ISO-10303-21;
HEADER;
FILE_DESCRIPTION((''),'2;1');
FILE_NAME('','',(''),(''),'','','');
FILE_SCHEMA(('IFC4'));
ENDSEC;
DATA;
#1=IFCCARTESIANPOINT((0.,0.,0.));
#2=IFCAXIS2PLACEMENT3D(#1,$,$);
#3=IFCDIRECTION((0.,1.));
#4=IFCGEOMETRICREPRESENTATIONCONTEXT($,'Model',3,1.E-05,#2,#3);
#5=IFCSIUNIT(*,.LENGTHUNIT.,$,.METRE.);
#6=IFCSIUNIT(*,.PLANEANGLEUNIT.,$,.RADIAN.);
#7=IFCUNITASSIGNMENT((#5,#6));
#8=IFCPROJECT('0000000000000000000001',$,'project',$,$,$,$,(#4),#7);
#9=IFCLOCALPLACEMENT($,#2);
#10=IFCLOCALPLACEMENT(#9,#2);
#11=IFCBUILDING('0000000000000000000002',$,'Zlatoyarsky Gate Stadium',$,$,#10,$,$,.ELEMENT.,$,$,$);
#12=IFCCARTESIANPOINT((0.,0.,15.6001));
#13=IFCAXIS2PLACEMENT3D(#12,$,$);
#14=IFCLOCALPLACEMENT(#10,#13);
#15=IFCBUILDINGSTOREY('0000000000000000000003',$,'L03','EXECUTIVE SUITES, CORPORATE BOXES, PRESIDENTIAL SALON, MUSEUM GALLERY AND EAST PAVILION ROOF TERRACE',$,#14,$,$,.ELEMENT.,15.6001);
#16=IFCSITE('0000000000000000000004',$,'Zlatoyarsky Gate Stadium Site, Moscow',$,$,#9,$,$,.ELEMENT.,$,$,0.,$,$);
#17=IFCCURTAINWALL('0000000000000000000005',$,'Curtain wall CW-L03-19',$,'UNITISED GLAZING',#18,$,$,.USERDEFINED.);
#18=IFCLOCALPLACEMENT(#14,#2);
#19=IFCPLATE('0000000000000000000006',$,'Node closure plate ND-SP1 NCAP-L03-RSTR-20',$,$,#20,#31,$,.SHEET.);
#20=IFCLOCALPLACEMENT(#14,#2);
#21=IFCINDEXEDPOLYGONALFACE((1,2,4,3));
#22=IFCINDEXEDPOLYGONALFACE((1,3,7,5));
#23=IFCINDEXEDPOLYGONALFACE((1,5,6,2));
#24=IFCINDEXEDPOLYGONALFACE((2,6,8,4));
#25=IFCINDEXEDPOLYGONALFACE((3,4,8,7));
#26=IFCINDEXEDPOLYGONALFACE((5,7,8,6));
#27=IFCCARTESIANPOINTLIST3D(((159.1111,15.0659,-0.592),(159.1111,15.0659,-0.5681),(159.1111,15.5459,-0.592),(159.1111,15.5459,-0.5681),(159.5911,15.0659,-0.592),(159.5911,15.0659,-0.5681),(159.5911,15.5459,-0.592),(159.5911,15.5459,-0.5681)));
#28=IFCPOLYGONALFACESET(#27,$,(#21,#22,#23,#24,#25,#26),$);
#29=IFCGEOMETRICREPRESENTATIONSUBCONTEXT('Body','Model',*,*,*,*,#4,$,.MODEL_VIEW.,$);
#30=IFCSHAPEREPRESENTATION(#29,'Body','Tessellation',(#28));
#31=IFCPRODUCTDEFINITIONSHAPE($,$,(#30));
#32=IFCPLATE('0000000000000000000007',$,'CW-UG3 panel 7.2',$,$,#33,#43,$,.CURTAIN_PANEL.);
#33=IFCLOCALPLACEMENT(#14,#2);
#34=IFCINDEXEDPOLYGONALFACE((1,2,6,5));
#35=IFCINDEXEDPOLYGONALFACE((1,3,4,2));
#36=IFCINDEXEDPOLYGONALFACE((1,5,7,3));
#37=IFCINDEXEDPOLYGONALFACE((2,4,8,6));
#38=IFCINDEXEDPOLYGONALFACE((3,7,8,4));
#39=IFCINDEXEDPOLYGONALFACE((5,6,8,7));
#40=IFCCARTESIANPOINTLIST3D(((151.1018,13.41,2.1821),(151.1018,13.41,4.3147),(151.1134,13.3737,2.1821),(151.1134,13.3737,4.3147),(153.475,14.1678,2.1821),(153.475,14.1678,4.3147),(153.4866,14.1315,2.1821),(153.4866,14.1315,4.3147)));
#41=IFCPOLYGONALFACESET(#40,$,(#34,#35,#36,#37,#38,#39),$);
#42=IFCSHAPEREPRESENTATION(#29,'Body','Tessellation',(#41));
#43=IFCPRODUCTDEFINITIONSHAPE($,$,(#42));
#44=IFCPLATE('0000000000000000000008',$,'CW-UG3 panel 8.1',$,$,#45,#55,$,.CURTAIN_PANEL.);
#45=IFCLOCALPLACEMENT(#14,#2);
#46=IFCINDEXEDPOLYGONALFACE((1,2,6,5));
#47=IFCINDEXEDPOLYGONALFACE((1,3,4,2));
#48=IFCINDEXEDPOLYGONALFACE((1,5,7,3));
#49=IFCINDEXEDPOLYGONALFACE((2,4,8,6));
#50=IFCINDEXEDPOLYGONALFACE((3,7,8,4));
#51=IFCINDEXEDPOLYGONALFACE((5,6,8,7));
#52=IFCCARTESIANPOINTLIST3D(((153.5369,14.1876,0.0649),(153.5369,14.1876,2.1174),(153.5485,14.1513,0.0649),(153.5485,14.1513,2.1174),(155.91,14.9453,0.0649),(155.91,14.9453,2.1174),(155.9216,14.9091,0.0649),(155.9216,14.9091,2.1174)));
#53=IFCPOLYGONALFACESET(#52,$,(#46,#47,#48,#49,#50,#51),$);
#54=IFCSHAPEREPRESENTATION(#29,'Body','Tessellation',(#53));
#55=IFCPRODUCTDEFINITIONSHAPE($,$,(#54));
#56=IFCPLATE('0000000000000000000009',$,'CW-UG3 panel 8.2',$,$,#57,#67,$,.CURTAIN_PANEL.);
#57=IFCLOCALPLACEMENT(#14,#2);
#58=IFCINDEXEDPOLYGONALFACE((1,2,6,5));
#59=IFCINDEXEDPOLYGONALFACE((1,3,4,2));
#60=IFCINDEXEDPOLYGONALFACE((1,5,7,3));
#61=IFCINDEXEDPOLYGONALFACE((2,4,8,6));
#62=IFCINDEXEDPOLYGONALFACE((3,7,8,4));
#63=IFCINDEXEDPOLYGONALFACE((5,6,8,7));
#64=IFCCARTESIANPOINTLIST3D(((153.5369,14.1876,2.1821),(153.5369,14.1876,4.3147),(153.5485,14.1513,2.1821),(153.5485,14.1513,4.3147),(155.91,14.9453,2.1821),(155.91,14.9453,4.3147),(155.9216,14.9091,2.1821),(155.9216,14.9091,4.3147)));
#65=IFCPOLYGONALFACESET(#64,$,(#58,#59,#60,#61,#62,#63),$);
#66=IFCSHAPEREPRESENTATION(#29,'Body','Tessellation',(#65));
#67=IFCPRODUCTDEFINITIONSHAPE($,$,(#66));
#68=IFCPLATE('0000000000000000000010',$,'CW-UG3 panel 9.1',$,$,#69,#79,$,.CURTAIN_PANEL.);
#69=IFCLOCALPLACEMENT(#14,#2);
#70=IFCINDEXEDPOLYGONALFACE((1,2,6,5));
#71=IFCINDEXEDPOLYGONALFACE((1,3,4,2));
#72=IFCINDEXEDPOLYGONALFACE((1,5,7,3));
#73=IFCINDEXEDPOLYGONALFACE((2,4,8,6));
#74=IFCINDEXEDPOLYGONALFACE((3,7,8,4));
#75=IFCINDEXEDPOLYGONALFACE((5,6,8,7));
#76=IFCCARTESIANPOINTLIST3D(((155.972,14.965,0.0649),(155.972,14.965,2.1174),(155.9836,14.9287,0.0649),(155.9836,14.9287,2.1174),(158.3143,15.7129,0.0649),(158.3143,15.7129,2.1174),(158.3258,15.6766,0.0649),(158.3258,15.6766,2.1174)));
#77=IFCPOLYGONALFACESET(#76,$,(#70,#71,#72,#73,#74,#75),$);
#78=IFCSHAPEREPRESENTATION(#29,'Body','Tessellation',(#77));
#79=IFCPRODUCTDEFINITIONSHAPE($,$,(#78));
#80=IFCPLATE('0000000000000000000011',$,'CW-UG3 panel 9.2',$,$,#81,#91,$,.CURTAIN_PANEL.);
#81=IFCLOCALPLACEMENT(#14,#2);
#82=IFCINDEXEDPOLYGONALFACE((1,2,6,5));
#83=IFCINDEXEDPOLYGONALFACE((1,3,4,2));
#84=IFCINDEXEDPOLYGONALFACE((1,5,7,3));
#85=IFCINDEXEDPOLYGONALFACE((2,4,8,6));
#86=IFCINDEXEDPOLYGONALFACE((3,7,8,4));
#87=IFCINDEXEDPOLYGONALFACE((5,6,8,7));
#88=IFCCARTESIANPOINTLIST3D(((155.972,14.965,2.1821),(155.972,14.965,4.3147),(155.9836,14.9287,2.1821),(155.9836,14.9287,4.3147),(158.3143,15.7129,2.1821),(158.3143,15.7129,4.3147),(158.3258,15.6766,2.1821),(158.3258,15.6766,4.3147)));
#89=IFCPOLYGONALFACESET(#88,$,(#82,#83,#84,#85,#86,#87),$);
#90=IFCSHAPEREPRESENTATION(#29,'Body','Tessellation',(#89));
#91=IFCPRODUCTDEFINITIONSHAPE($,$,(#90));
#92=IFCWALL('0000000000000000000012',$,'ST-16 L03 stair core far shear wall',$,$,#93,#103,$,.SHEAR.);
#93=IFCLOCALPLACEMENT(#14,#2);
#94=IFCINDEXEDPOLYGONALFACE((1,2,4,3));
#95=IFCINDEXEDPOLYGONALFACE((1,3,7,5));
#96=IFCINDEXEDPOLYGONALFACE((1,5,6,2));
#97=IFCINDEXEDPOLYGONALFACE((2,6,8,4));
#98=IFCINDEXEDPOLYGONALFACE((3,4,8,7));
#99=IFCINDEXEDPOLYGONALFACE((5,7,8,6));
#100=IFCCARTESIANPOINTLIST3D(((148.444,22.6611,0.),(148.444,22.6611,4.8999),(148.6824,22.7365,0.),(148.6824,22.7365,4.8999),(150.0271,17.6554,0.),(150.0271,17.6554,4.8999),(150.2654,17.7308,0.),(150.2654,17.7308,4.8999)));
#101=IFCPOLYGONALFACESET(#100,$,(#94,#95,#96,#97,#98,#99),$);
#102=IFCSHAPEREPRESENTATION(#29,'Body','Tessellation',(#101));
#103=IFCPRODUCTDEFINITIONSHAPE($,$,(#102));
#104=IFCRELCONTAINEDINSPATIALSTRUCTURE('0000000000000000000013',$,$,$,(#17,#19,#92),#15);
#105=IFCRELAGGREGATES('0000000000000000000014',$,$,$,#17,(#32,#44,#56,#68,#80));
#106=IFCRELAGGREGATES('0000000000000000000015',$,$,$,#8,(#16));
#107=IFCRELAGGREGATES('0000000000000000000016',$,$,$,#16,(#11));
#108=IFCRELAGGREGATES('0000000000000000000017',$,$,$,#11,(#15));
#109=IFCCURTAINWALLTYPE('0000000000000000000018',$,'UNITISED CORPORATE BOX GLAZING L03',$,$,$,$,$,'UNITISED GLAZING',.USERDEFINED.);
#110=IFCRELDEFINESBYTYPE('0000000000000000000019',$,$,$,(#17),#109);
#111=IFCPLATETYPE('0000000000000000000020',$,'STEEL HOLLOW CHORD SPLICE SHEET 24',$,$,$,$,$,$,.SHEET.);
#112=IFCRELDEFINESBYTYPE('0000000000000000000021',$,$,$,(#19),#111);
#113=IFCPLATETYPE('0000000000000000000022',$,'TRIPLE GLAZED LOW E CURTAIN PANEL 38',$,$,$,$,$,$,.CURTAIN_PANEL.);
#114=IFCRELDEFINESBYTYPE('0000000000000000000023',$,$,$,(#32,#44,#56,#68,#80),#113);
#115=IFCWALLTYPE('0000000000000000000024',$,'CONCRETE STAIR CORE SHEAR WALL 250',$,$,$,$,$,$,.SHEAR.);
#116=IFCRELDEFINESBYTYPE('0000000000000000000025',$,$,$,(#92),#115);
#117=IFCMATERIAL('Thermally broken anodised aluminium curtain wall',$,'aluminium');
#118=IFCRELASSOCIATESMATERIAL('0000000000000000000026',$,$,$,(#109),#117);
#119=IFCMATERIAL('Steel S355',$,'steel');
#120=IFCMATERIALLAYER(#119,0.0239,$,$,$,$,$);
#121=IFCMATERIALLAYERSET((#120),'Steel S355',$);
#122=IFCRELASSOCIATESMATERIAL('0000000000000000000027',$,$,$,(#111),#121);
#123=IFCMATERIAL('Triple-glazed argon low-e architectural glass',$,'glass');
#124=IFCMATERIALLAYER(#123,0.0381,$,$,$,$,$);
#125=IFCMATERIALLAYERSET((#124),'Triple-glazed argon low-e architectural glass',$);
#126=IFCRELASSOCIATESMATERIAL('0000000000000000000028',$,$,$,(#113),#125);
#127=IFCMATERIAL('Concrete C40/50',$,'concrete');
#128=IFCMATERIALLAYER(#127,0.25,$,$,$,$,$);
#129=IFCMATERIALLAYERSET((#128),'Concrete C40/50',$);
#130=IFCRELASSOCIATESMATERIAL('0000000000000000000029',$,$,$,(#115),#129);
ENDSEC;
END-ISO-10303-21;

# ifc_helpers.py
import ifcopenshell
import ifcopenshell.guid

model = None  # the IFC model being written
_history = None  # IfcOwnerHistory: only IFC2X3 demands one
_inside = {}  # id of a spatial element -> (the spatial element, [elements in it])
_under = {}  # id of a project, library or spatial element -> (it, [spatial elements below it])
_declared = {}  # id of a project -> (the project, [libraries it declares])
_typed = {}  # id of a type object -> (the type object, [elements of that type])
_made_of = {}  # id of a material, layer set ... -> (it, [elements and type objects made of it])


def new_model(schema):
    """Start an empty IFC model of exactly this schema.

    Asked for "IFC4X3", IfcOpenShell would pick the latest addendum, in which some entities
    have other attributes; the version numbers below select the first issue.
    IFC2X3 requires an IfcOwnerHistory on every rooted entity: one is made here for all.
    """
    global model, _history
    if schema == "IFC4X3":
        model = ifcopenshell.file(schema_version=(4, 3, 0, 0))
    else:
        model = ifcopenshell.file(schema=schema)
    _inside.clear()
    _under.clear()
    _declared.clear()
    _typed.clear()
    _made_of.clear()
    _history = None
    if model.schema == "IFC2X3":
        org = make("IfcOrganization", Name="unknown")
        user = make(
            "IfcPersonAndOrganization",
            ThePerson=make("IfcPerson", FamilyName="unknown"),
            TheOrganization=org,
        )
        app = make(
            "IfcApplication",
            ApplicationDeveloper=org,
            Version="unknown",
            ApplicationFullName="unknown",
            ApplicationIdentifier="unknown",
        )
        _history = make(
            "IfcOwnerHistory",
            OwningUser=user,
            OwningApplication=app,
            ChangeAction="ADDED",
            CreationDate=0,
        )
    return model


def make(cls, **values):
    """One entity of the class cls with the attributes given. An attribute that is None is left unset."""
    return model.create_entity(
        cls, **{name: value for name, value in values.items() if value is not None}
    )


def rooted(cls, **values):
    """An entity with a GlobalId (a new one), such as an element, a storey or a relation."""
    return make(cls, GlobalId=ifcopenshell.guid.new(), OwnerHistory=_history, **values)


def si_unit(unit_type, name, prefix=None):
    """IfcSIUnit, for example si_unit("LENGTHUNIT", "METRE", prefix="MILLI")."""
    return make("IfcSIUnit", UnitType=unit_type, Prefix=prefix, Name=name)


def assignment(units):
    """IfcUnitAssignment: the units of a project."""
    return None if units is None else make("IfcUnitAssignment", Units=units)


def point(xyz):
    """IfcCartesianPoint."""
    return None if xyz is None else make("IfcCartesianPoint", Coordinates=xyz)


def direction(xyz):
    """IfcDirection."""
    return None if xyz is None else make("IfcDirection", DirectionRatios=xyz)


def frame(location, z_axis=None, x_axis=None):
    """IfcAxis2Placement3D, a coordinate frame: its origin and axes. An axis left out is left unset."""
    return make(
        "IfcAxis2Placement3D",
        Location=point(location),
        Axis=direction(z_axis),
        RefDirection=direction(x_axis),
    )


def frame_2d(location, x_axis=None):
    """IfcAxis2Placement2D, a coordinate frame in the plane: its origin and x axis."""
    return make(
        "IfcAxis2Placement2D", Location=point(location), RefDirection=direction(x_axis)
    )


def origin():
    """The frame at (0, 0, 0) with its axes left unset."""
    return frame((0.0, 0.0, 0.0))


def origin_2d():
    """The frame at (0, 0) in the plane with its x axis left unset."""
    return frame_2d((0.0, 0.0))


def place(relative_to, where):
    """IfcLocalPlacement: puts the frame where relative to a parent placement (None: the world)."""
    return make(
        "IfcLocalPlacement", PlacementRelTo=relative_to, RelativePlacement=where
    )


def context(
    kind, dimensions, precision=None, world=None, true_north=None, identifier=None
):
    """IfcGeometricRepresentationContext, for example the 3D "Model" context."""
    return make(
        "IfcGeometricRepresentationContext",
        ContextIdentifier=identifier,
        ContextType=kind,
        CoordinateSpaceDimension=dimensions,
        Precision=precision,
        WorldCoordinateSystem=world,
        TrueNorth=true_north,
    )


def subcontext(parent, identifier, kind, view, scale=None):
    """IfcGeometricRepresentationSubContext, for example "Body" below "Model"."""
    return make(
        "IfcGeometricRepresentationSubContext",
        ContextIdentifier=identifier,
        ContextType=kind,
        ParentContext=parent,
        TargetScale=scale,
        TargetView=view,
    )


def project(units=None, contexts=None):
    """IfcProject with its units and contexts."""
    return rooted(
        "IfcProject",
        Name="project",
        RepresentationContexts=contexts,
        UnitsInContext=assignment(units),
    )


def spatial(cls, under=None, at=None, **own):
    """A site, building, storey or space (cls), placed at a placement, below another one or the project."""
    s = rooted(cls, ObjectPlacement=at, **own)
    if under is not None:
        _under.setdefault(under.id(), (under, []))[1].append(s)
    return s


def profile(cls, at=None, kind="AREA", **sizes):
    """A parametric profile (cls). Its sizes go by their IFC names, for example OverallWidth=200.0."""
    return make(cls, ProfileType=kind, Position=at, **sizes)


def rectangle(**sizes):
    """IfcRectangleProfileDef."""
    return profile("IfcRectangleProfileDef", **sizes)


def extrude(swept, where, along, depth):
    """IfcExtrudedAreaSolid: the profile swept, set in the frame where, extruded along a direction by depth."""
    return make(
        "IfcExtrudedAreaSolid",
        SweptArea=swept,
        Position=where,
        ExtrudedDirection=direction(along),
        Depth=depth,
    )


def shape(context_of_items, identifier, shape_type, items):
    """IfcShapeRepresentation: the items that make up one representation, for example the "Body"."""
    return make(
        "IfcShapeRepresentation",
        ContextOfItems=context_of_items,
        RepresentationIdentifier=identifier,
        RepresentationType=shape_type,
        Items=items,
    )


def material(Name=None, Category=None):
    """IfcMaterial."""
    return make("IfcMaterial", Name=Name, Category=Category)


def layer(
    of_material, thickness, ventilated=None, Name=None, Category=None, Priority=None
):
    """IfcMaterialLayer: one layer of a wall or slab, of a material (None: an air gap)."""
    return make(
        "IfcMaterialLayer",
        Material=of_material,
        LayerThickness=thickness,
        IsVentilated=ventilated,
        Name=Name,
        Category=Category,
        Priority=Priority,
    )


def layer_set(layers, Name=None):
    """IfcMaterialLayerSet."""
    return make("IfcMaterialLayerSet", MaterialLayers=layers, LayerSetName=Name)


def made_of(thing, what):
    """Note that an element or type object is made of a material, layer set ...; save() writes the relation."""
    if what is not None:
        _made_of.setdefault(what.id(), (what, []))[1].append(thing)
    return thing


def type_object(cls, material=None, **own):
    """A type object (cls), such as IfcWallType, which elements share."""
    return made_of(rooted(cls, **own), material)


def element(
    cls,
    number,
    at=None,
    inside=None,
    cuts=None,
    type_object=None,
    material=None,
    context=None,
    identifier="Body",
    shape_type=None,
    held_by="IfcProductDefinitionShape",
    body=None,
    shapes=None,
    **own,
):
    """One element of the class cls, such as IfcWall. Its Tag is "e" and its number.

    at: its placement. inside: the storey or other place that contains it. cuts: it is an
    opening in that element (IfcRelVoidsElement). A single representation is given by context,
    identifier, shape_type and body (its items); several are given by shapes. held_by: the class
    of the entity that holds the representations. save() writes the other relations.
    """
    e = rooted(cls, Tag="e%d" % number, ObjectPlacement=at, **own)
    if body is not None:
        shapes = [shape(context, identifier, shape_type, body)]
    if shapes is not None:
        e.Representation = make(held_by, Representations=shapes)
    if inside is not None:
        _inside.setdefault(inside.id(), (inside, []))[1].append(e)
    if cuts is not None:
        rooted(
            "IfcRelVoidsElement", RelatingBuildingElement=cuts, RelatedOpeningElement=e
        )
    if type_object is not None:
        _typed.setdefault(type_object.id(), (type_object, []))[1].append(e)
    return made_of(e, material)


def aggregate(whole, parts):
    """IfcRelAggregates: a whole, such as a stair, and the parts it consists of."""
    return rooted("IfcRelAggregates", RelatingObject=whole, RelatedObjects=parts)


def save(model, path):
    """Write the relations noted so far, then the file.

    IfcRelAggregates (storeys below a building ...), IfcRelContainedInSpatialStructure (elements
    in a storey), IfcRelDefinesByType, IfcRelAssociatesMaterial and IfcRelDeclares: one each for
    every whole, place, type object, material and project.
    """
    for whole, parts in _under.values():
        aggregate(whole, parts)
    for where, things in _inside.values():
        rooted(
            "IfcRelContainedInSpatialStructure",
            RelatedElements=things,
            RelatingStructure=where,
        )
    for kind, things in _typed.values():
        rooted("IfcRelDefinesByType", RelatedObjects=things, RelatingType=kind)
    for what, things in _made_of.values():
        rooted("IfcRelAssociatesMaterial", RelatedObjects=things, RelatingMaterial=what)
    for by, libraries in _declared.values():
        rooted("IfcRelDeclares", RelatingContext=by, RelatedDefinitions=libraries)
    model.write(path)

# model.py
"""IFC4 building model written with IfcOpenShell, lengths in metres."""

from ifc_helpers import new_model, si_unit, direction, frame, frame_2d, origin, origin_2d, place, context, subcontext, project, spatial, rectangle, extrude, material, layer, layer_set, type_object, element, aggregate, save


model = new_model("IFC4")

# Units and contexts
model_context = context("Model", 3, precision=1e-05, world=origin(), true_north=direction((0.0, 1.0)))
body_context = subcontext(model_context, "Body", "Model", "MODEL_VIEW")
ifc_project = project(units=[si_unit("LENGTHUNIT", "METRE"), si_unit("PLANEANGLEUNIT", "RADIAN")], contexts=[model_context])

# Site, building, storey
site_placement = place(None, origin())
site = spatial("IfcSite", under=ifc_project, at=site_placement, Name="Zlatoyarsky Gate Stadium Site, Moscow", CompositionType="ELEMENT", RefElevation=0.0)
building_placement = place(site_placement, origin())
building = spatial("IfcBuilding", under=site, at=building_placement, Name="Zlatoyarsky Gate Stadium", CompositionType="ELEMENT")
storey_placement = place(building_placement, frame((0.0, 0.0, 15.6001)))
storey = spatial("IfcBuildingStorey", under=building, at=storey_placement, Name="L03", Description="EXECUTIVE SUITES, CORPORATE BOXES, PRESIDENTIAL SALON, MUSEUM GALLERY AND EAST PAVILION ROOF TERRACE", CompositionType="ELEMENT", Elevation=15.6001)

# Shared definitions
ifc_material_1 = material(Name="Steel S355", Category="steel")

# Curtain wall
ifc_material_2 = material(Name="Thermally broken anodised aluminium curtain wall", Category="aluminium")
curtain_wall_type = type_object("IfcCurtainWallType", Name="UNITISED CORPORATE BOX GLAZING L03", ElementType="UNITISED GLAZING", PredefinedType="USERDEFINED", material=ifc_material_2)
curtain_wall_placement = place(storey_placement, origin())
curtain_wall = element("IfcCurtainWall", 1, at=curtain_wall_placement, inside=storey, type_object=curtain_wall_type, Name="Curtain wall CW-L03-19", ObjectType="UNITISED GLAZING", PredefinedType="USERDEFINED")

# Plate
ifc_layer_1 = layer(ifc_material_1, 0.0239)
ifc_layer_set_1 = layer_set([ifc_layer_1], Name="Steel S355")
plate_type_1 = type_object("IfcPlateType", Name="STEEL HOLLOW CHORD SPLICE SHEET 24", PredefinedType="SHEET", material=ifc_layer_set_1)
plate_1_placement = place(storey_placement, frame((159.3511, 15.3059, -0.592), z_axis=(0.0, 0.0, 1.0), x_axis=(1.0, 0.0, 0.0)))
element("IfcPlate", 2, at=plate_1_placement, inside=storey, type_object=plate_type_1, Name="Node closure plate ND-SP1 NCAP-L03-RSTR-20", PredefinedType="SHEET", context=body_context, shape_type="SweptSolid", body=[
    extrude(rectangle(XDim=0.48, YDim=0.48, at=origin_2d()), origin(), (0.0, 0.0, 1.0), 0.0239),
])

# Plates
ifc_material_3 = material(Name="Triple-glazed argon low-e architectural glass", Category="glass")
ifc_layer_2 = layer(ifc_material_3, 0.0381)
ifc_layer_set_2 = layer_set([ifc_layer_2], Name="Triple-glazed argon low-e architectural glass")
plate_type_2 = type_object("IfcPlateType", Name="TRIPLE GLAZED LOW E CURTAIN PANEL 38", PredefinedType="CURTAIN_PANEL", material=ifc_layer_set_2)
plate_2_placement = place(storey_placement, frame((152.2942, 13.7708, 2.1821), z_axis=(0.0, 0.0, 1.0), x_axis=(0.95262, 0.304162, 0.0)))
plate_2 = element("IfcPlate", 3, at=plate_2_placement, type_object=plate_type_2, Name="CW-UG3 panel 7.2", PredefinedType="CURTAIN_PANEL", context=body_context, shape_type="SweptSolid", body=[
    extrude(rectangle(XDim=2.4912, YDim=0.0381, at=origin_2d()), origin(), (0.0, 0.0, 1.0), 2.1326),
])
plate_3_placement = place(storey_placement, frame((154.7292, 14.5483, 0.0649), z_axis=(0.0, 0.0, 1.0), x_axis=(0.95262, 0.304162, 0.0)))
plate_3 = element("IfcPlate", 4, at=plate_3_placement, type_object=plate_type_2, Name="CW-UG3 panel 8.1", PredefinedType="CURTAIN_PANEL", context=body_context, shape_type="SweptSolid", body=[
    extrude(rectangle(XDim=2.4912, YDim=0.0381, at=origin_2d()), origin(), (0.0, 0.0, 1.0), 2.0525),
])
plate_4_placement = place(storey_placement, frame((154.7292, 14.5483, 2.1821), z_axis=(0.0, 0.0, 1.0), x_axis=(0.95262, 0.304162, 0.0)))
plate_4 = element("IfcPlate", 5, at=plate_4_placement, type_object=plate_type_2, Name="CW-UG3 panel 8.2", PredefinedType="CURTAIN_PANEL", context=body_context, shape_type="SweptSolid", body=[
    extrude(rectangle(XDim=2.4912, YDim=0.0381, at=origin_2d()), origin(), (0.0, 0.0, 1.0), 2.1326),
])
plate_5_placement = place(storey_placement, frame((157.1489, 15.3208, 0.0649), z_axis=(0.0, 0.0, 1.0), x_axis=(0.95262, 0.304162, 0.0)))
plate_5 = element("IfcPlate", 6, at=plate_5_placement, type_object=plate_type_2, Name="CW-UG3 panel 9.1", PredefinedType="CURTAIN_PANEL", context=body_context, shape_type="SweptSolid", body=[
    extrude(rectangle(XDim=2.4587, YDim=0.0381, at=origin_2d()), origin(), (0.0, 0.0, 1.0), 2.0525),
])
plate_6_placement = place(storey_placement, frame((157.1489, 15.3208, 2.1821), z_axis=(0.0, 0.0, 1.0), x_axis=(0.95262, 0.304162, 0.0)))
plate_6 = element("IfcPlate", 7, at=plate_6_placement, type_object=plate_type_2, Name="CW-UG3 panel 9.2", PredefinedType="CURTAIN_PANEL", context=body_context, shape_type="SweptSolid", body=[
    extrude(rectangle(XDim=2.4587, YDim=0.0381, at=origin_2d()), origin(), (0.0, 0.0, 1.0), 2.1326),
])
aggregate(curtain_wall, [plate_2, plate_3, plate_4, plate_5, plate_6])

# Wall
ifc_material_4 = material(Name="Concrete C40/50", Category="concrete")
ifc_layer_3 = layer(ifc_material_4, 0.25)
ifc_layer_set_3 = layer_set([ifc_layer_3], Name="Concrete C40/50")
wall_type = type_object("IfcWallType", Name="CONCRETE STAIR CORE SHEAR WALL 250", PredefinedType="SHEAR", material=ifc_layer_set_3)
wall_placement = place(storey_placement, frame((150.1462, 17.6931, 0.0), z_axis=(0.0, 0.0, 1.0), x_axis=(-0.301527, 0.953457, 0.0)))
element("IfcWall", 8, at=wall_placement, inside=storey, type_object=wall_type, Name="ST-16 L03 stair core far shear wall", PredefinedType="SHEAR", context=body_context, shape_type="SweptSolid", body=[
    extrude(rectangle(XDim=5.25, YDim=0.25, at=frame_2d((2.625, 0.0))), origin(), (0.0, 0.0, 1.0), 4.8999),
])

save(model, "model.ifc")
